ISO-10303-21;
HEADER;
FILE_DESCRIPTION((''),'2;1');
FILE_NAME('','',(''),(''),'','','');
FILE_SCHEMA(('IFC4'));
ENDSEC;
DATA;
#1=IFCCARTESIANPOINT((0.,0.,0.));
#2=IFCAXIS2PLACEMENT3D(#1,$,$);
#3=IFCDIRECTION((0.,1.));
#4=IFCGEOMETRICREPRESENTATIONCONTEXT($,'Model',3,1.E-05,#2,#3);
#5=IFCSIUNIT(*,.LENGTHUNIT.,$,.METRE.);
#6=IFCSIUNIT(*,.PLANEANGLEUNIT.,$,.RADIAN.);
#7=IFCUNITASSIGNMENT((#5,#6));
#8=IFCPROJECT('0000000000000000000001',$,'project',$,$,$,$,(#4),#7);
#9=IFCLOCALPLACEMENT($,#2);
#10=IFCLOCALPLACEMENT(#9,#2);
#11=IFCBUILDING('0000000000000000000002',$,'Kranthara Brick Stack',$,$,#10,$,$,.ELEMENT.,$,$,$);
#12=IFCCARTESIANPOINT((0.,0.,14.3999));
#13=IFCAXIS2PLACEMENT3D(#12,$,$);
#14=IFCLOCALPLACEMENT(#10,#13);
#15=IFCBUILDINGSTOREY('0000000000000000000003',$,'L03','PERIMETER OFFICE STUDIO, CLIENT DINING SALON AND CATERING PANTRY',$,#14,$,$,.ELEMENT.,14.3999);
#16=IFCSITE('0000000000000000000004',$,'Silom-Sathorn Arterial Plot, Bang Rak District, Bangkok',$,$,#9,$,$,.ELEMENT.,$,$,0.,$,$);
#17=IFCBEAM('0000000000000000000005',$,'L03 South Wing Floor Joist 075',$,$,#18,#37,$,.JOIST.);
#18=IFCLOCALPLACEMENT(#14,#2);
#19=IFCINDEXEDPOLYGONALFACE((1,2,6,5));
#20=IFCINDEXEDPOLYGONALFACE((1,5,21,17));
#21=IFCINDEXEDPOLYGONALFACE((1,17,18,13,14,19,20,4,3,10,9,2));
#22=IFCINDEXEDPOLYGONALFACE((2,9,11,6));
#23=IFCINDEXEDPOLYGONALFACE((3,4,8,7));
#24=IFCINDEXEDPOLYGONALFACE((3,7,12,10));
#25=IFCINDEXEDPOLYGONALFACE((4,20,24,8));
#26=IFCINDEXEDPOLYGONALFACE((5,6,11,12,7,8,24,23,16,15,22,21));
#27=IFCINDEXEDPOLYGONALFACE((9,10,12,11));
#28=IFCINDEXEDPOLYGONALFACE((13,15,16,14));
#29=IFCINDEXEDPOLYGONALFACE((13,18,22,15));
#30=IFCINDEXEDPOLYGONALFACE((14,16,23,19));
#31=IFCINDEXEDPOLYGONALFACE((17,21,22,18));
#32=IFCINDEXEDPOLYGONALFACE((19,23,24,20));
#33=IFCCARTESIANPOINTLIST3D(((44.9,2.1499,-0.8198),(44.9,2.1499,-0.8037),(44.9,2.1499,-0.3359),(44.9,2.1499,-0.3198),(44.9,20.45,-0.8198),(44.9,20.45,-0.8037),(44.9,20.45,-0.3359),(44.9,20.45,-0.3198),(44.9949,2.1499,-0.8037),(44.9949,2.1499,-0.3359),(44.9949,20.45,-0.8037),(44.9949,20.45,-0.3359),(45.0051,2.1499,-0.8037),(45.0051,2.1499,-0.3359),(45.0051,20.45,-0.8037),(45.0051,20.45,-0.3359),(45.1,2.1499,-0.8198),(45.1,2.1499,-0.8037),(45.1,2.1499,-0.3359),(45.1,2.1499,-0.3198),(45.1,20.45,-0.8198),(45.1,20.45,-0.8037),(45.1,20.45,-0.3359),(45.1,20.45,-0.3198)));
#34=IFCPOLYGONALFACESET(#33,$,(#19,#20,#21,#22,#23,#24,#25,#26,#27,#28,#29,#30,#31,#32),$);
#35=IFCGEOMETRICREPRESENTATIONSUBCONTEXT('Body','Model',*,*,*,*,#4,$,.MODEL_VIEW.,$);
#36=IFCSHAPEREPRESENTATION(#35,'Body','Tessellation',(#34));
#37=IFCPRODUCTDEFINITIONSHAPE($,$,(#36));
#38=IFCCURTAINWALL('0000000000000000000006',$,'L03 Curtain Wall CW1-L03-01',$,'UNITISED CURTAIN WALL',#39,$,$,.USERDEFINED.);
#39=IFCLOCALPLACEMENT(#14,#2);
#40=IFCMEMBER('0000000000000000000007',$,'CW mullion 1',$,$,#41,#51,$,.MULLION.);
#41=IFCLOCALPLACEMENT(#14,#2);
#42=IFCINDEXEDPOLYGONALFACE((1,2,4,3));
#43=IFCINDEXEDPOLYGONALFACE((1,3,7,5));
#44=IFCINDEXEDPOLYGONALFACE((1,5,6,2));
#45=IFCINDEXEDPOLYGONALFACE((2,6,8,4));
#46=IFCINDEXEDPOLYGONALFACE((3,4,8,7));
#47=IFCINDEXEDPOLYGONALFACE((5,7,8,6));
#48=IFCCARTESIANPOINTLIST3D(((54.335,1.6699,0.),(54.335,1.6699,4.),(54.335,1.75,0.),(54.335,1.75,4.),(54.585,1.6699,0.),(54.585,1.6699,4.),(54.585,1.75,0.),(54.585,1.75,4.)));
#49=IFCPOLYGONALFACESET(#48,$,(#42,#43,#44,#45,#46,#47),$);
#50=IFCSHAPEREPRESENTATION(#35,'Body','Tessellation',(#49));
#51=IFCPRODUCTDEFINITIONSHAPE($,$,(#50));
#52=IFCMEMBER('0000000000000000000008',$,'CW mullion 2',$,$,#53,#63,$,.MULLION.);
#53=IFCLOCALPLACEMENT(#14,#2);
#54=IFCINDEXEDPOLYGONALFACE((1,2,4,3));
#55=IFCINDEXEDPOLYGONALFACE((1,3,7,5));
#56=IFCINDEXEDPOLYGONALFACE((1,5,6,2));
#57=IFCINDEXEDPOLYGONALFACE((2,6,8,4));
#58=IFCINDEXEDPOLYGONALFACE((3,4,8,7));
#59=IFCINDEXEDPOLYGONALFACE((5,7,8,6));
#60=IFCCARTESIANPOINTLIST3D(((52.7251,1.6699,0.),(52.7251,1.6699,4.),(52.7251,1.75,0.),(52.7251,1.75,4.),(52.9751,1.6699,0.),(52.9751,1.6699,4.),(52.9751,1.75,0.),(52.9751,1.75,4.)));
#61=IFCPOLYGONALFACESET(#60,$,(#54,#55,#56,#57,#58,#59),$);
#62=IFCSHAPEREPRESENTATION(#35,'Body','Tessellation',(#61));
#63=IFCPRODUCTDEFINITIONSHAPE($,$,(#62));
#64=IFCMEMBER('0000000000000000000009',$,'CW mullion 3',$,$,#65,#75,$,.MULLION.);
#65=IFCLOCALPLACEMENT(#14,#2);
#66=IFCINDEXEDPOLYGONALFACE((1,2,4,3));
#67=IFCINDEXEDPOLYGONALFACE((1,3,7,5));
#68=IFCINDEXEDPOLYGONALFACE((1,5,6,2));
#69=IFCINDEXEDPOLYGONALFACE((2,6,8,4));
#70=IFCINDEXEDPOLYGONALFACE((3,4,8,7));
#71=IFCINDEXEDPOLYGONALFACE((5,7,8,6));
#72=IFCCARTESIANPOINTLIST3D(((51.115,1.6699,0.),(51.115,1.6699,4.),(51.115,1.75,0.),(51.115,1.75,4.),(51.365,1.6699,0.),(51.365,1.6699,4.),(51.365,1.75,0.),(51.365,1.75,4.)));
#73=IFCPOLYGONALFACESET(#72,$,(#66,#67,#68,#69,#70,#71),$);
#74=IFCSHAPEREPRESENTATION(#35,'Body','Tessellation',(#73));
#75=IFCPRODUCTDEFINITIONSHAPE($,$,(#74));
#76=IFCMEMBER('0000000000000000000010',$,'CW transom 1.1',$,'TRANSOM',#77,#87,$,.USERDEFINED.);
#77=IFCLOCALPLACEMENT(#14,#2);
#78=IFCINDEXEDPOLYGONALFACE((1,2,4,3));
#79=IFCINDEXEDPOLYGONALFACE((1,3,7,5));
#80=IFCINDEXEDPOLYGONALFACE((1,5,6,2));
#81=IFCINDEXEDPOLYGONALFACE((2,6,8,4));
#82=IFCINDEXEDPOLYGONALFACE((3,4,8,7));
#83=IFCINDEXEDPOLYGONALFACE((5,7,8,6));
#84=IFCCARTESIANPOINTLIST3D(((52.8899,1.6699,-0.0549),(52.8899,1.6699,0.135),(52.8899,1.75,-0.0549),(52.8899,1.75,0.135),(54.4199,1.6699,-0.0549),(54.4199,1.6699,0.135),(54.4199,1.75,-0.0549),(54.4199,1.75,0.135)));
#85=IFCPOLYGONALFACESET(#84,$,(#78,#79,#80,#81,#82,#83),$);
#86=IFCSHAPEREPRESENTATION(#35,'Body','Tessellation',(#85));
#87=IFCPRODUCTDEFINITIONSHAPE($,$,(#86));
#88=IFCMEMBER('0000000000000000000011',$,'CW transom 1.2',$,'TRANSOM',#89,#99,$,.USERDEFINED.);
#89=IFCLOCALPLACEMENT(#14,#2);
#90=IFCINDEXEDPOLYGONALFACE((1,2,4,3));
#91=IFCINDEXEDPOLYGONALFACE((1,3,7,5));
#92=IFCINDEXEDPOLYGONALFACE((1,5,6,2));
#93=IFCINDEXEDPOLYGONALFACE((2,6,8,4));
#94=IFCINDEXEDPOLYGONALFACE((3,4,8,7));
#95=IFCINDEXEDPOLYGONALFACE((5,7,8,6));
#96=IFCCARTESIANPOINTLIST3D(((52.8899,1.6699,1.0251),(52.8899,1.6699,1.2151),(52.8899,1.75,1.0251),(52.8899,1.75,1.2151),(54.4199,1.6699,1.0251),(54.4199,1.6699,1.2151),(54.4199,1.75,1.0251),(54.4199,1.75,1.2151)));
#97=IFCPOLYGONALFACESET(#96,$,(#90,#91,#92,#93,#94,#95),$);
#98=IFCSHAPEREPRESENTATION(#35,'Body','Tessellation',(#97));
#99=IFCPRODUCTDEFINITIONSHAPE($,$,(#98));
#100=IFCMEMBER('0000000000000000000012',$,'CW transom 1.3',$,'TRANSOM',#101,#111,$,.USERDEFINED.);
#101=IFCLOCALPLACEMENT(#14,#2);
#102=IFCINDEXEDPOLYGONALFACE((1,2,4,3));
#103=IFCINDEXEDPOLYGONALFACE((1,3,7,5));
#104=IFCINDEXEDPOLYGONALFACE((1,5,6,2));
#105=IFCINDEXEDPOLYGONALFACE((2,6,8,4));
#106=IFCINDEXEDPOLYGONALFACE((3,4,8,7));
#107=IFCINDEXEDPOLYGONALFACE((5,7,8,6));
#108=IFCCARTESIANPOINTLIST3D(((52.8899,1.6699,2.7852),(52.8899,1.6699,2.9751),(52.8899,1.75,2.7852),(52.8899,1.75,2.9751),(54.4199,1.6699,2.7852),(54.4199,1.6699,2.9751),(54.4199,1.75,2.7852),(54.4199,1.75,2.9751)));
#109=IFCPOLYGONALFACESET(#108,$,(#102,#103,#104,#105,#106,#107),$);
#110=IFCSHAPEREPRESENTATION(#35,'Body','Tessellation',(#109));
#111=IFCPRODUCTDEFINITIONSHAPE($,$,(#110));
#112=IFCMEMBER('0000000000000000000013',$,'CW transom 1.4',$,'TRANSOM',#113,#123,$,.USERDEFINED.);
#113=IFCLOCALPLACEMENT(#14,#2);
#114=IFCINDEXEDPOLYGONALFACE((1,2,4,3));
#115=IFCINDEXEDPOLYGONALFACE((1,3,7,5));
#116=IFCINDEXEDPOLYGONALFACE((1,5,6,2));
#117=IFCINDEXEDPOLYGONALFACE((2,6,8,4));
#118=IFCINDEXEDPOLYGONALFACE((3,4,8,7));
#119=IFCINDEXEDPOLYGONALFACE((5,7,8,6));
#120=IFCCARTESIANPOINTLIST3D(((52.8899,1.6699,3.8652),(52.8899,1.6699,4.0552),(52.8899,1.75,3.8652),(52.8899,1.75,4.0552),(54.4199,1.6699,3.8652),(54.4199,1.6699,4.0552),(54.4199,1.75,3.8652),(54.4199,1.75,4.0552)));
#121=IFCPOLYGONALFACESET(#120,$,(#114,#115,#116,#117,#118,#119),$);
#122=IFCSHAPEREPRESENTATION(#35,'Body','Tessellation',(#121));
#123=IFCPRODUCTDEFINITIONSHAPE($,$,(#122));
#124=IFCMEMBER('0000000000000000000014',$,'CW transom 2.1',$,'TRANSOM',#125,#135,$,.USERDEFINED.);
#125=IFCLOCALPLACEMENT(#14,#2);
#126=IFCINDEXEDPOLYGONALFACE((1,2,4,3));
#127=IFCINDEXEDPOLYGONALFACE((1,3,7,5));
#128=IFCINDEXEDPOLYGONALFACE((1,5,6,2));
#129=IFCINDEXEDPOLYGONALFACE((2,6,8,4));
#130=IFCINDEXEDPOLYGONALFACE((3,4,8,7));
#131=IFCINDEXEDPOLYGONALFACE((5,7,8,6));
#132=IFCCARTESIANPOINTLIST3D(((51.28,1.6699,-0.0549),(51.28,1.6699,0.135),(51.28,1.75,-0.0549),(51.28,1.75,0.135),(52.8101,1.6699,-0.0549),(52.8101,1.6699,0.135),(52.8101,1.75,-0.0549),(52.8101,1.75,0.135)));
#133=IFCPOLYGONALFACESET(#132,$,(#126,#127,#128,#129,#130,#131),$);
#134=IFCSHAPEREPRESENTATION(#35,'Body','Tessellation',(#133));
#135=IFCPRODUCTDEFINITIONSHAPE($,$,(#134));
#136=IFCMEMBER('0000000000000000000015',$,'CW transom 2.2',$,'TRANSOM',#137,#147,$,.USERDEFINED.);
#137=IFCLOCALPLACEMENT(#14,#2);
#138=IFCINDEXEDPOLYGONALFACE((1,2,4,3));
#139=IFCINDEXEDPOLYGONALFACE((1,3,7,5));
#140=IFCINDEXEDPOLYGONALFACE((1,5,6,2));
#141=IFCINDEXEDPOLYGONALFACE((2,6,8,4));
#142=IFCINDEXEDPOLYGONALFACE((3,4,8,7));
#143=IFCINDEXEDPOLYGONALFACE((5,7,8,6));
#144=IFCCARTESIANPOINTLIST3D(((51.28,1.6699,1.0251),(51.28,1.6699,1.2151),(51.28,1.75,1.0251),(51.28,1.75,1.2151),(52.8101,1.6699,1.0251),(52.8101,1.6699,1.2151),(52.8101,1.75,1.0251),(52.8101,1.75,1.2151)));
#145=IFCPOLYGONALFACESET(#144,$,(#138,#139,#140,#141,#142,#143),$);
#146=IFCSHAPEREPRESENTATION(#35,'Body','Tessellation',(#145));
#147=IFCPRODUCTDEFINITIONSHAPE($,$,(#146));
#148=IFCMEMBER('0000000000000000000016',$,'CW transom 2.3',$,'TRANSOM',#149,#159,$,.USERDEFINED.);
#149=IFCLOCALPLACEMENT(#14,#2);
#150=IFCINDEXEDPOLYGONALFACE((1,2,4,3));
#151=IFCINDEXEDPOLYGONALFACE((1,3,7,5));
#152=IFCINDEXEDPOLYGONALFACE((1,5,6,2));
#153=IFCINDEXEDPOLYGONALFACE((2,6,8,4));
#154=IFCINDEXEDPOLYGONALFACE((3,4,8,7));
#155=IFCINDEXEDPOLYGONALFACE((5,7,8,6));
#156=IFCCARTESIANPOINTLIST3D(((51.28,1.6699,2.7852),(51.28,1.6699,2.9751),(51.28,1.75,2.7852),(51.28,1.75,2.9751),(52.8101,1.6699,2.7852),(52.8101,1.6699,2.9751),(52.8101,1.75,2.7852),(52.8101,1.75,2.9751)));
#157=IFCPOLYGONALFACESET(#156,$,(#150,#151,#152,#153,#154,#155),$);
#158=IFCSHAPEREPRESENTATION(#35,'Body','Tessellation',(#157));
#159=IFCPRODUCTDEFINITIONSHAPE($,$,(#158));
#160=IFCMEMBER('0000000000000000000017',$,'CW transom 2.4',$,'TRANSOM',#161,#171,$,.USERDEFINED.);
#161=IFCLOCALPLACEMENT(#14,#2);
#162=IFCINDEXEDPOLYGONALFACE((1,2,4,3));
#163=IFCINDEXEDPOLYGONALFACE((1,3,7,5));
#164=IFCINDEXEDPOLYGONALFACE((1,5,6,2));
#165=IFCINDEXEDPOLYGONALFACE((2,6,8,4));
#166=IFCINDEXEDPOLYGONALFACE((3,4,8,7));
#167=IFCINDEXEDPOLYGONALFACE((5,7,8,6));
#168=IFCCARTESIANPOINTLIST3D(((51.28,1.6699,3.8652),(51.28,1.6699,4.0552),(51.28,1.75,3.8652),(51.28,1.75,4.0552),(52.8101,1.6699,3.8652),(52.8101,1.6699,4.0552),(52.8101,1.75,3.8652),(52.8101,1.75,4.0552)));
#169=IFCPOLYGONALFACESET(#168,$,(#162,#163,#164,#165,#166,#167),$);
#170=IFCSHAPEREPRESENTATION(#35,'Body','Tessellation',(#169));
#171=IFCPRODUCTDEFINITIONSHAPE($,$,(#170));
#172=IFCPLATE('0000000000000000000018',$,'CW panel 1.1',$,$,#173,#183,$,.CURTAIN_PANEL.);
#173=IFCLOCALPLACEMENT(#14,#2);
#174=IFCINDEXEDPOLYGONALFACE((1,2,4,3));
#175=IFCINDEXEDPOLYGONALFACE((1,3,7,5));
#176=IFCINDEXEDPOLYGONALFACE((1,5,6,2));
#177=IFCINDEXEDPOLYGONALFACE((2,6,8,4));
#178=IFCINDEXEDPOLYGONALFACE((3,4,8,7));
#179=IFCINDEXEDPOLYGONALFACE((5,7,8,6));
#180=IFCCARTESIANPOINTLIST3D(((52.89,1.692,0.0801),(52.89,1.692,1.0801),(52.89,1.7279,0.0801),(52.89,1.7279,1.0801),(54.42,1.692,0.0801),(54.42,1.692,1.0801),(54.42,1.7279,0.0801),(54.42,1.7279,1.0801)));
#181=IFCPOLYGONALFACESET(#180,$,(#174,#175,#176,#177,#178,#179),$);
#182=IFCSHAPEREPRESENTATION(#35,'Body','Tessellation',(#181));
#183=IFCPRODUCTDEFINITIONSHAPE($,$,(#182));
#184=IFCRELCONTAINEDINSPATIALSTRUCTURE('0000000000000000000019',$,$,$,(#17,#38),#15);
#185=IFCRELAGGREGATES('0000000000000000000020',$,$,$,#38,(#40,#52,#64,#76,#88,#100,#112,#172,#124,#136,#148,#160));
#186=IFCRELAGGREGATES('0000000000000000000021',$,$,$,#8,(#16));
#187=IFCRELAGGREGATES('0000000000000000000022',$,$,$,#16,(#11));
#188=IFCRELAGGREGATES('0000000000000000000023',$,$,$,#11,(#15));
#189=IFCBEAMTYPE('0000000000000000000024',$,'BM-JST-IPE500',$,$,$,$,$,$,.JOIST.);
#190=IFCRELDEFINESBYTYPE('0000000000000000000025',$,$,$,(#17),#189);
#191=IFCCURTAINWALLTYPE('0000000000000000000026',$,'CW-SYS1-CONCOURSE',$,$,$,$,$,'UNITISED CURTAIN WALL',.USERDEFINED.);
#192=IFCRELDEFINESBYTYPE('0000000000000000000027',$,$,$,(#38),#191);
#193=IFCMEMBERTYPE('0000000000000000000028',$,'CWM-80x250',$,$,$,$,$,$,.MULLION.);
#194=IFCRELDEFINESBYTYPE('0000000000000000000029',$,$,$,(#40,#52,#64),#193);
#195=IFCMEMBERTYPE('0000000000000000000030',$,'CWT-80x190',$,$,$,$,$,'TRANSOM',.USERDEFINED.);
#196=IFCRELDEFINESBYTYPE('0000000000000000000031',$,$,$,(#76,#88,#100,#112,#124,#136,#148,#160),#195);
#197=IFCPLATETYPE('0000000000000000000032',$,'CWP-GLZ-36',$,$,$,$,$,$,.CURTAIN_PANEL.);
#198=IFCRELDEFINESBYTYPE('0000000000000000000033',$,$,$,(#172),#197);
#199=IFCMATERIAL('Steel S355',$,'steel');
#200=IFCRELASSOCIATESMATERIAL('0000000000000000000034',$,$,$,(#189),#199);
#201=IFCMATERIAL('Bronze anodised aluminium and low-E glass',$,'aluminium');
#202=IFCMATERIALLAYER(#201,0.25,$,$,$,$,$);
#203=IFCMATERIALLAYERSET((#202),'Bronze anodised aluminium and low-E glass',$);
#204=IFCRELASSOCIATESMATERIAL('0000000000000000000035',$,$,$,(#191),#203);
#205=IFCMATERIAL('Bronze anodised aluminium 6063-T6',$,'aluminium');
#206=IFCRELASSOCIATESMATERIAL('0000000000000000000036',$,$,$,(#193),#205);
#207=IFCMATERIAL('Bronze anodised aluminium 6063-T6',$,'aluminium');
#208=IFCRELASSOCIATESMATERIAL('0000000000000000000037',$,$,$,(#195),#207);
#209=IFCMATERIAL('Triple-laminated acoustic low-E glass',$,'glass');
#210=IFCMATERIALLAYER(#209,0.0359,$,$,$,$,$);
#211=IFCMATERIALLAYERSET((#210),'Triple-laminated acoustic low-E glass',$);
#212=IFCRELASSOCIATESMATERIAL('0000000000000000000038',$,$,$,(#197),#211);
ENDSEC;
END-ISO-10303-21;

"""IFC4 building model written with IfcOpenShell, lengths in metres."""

from ifc_helpers import new_model, si_unit, direction, frame, origin, origin_2d, place, context, subcontext, project, spatial, rectangle, i_section, extrude, material, layer, layer_set, material_profile, profile_set, type_object, element, aggregate, save


model = new_model("IFC4")

# Units and contexts
model_context = context("Model", 3, precision=1e-05, world=origin(), true_north=direction((0.0, 1.0)))
body_context = subcontext(model_context, "Body", "Model", "MODEL_VIEW")
ifc_project = project(units=[si_unit("LENGTHUNIT", "METRE"), si_unit("PLANEANGLEUNIT", "RADIAN")], contexts=[model_context])

# Site, building, storey
site_placement = place(None, origin())
site = spatial("IfcSite", under=ifc_project, at=site_placement, Name="Silom-Sathorn Arterial Plot, Bang Rak District, Bangkok", CompositionType="ELEMENT", RefElevation=0.0)
building_placement = place(site_placement, origin())
building = spatial("IfcBuilding", under=site, at=building_placement, Name="Kranthara Brick Stack", CompositionType="ELEMENT")
storey_placement = place(building_placement, frame((0.0, 0.0, 14.3999)))
storey = spatial("IfcBuildingStorey", under=building, at=storey_placement, Name="L03", Description="PERIMETER OFFICE STUDIO, CLIENT DINING SALON AND CATERING PANTRY", CompositionType="ELEMENT", Elevation=14.3999)

# Beam
ifc_material_1 = material(Name="Steel S355", Category="steel")
ifc_material_profile_1 = material_profile(ifc_material_1, i_section(OverallWidth=0.2, OverallDepth=0.5, WebThickness=0.0103, FlangeThickness=0.0161, at=origin_2d()), Name="IPE 500")
ifc_profile_set_1 = profile_set([ifc_material_profile_1], Name="Steel S355")
beam_type = type_object("IfcBeamType", Name="BM-JST-IPE500", PredefinedType="JOIST", material=ifc_profile_set_1)
beam_placement = place(storey_placement, frame((45.0, 2.1499, -0.5698), z_axis=(0.0, 1.0, 0.0), x_axis=(-1.0, 0.0, 0.0)))
element("IfcBeam", 1, at=beam_placement, inside=storey, type_object=beam_type, Name="L03 South Wing Floor Joist 075", PredefinedType="JOIST", context=body_context, shape_type="SweptSolid", body=[
    extrude(i_section(OverallWidth=0.2, OverallDepth=0.5, WebThickness=0.0103, FlangeThickness=0.0161, at=origin_2d()), origin(), (0.0, 0.0, 1.0), 18.3),
])

# Curtain wall, members, plate
ifc_material_2 = material(Name="Bronze anodised aluminium and low-E glass", Category="aluminium")
ifc_layer_1 = layer(ifc_material_2, 0.25)
ifc_layer_set_1 = layer_set([ifc_layer_1], Name="Bronze anodised aluminium and low-E glass")
curtain_wall_type = type_object("IfcCurtainWallType", Name="CW-SYS1-CONCOURSE", ElementType="UNITISED CURTAIN WALL", PredefinedType="USERDEFINED", material=ifc_layer_set_1)
curtain_wall_placement = place(storey_placement, origin())
curtain_wall = element("IfcCurtainWall", 2, at=curtain_wall_placement, inside=storey, type_object=curtain_wall_type, Name="L03 Curtain Wall CW1-L03-01", ObjectType="UNITISED CURTAIN WALL", PredefinedType="USERDEFINED")
ifc_material_3 = material(Name="Bronze anodised aluminium 6063-T6", Category="aluminium")
ifc_material_profile_2 = material_profile(ifc_material_3, rectangle(XDim=0.0801, YDim=0.25, at=origin_2d()), Name="ALU MULLION 80x250")
ifc_profile_set_2 = profile_set([ifc_material_profile_2], Name="Bronze anodised aluminium 6063-T6")
member_type_1 = type_object("IfcMemberType", Name="CWM-80x250", PredefinedType="MULLION", material=ifc_profile_set_2)
member_1_placement = place(storey_placement, frame((54.46, 1.71, 0.0), z_axis=(0.0, 0.0, 1.0), x_axis=(0.0, -1.0, 0.0)))
member_1 = element("IfcMember", 3, at=member_1_placement, type_object=member_type_1, Name="CW mullion 1", PredefinedType="MULLION", context=body_context, shape_type="SweptSolid", body=[
    extrude(rectangle(XDim=0.0801, YDim=0.25, at=origin_2d()), origin(), (0.0, 0.0, 1.0), 4.0),
])
member_2_placement = place(storey_placement, frame((52.8501, 1.71, 0.0), z_axis=(0.0, 0.0, 1.0), x_axis=(0.0, -1.0, 0.0)))
member_2 = element("IfcMember", 4, at=member_2_placement, type_object=member_type_1, Name="CW mullion 2", PredefinedType="MULLION", context=body_context, shape_type="SweptSolid", body=[
    extrude(rectangle(XDim=0.0801, YDim=0.25, at=origin_2d()), origin(), (0.0, 0.0, 1.0), 4.0),
])
member_3_placement = place(storey_placement, frame((51.24, 1.71, 0.0), z_axis=(0.0, 0.0, 1.0), x_axis=(0.0, -1.0, 0.0)))
member_3 = element("IfcMember", 5, at=member_3_placement, type_object=member_type_1, Name="CW mullion 3", PredefinedType="MULLION", context=body_context, shape_type="SweptSolid", body=[
    extrude(rectangle(XDim=0.0801, YDim=0.25, at=origin_2d()), origin(), (0.0, 0.0, 1.0), 4.0),
])
ifc_material_4 = material(Name="Bronze anodised aluminium 6063-T6", Category="aluminium")
ifc_material_profile_3 = material_profile(ifc_material_4, rectangle(XDim=0.0801, YDim=0.1899, at=origin_2d()), Name="ALU TRANSOM 80x190")
ifc_profile_set_3 = profile_set([ifc_material_profile_3], Name="Bronze anodised aluminium 6063-T6")
member_type_2 = type_object("IfcMemberType", Name="CWT-80x190", ElementType="TRANSOM", PredefinedType="USERDEFINED", material=ifc_profile_set_3)
member_4_placement = place(storey_placement, frame((54.4199, 1.71, 0.04), z_axis=(-1.0, 0.0, 0.0), x_axis=(0.0, -1.0, 0.0)))
member_4 = element("IfcMember", 6, at=member_4_placement, type_object=member_type_2, Name="CW transom 1.1", ObjectType="TRANSOM", PredefinedType="USERDEFINED", context=body_context, shape_type="SweptSolid", body=[
    extrude(rectangle(XDim=0.0801, YDim=0.1899, at=origin_2d()), origin(), (0.0, 0.0, 1.0), 1.53),
])
member_5_placement = place(storey_placement, frame((54.4199, 1.71, 1.1201), z_axis=(-1.0, 0.0, 0.0), x_axis=(0.0, -1.0, 0.0)))
member_5 = element("IfcMember", 7, at=member_5_placement, type_object=member_type_2, Name="CW transom 1.2", ObjectType="TRANSOM", PredefinedType="USERDEFINED", context=body_context, shape_type="SweptSolid", body=[
    extrude(rectangle(XDim=0.0801, YDim=0.1899, at=origin_2d()), origin(), (0.0, 0.0, 1.0), 1.53),
])
member_6_placement = place(storey_placement, frame((54.4199, 1.71, 2.8801), z_axis=(-1.0, 0.0, 0.0), x_axis=(0.0, -1.0, 0.0)))
member_6 = element("IfcMember", 8, at=member_6_placement, type_object=member_type_2, Name="CW transom 1.3", ObjectType="TRANSOM", PredefinedType="USERDEFINED", context=body_context, shape_type="SweptSolid", body=[
    extrude(rectangle(XDim=0.0801, YDim=0.1899, at=origin_2d()), origin(), (0.0, 0.0, 1.0), 1.53),
])
member_7_placement = place(storey_placement, frame((54.4199, 1.71, 3.9602), z_axis=(-1.0, 0.0, 0.0), x_axis=(0.0, -1.0, 0.0)))
member_7 = element("IfcMember", 9, at=member_7_placement, type_object=member_type_2, Name="CW transom 1.4", ObjectType="TRANSOM", PredefinedType="USERDEFINED", context=body_context, shape_type="SweptSolid", body=[
    extrude(rectangle(XDim=0.0801, YDim=0.1899, at=origin_2d()), origin(), (0.0, 0.0, 1.0), 1.53),
])
member_8_placement = place(storey_placement, frame((52.8101, 1.71, 0.04), z_axis=(-1.0, 0.0, 0.0), x_axis=(0.0, -1.0, 0.0)))
member_8 = element("IfcMember", 10, at=member_8_placement, type_object=member_type_2, Name="CW transom 2.1", ObjectType="TRANSOM", PredefinedType="USERDEFINED", context=body_context, shape_type="SweptSolid", body=[
    extrude(rectangle(XDim=0.0801, YDim=0.1899, at=origin_2d()), origin(), (0.0, 0.0, 1.0), 1.53),
])
member_9_placement = place(storey_placement, frame((52.8101, 1.71, 1.1201), z_axis=(-1.0, 0.0, 0.0), x_axis=(0.0, -1.0, 0.0)))
member_9 = element("IfcMember", 11, at=member_9_placement, type_object=member_type_2, Name="CW transom 2.2", ObjectType="TRANSOM", PredefinedType="USERDEFINED", context=body_context, shape_type="SweptSolid", body=[
    extrude(rectangle(XDim=0.0801, YDim=0.1899, at=origin_2d()), origin(), (0.0, 0.0, 1.0), 1.53),
])
member_10_placement = place(storey_placement, frame((52.8101, 1.71, 2.8801), z_axis=(-1.0, 0.0, 0.0), x_axis=(0.0, -1.0, 0.0)))
member_10 = element("IfcMember", 12, at=member_10_placement, type_object=member_type_2, Name="CW transom 2.3", ObjectType="TRANSOM", PredefinedType="USERDEFINED", context=body_context, shape_type="SweptSolid", body=[
    extrude(rectangle(XDim=0.0801, YDim=0.1899, at=origin_2d()), origin(), (0.0, 0.0, 1.0), 1.53),
])
member_11_placement = place(storey_placement, frame((52.8101, 1.71, 3.9602), z_axis=(-1.0, 0.0, 0.0), x_axis=(0.0, -1.0, 0.0)))
member_11 = element("IfcMember", 13, at=member_11_placement, type_object=member_type_2, Name="CW transom 2.4", ObjectType="TRANSOM", PredefinedType="USERDEFINED", context=body_context, shape_type="SweptSolid", body=[
    extrude(rectangle(XDim=0.0801, YDim=0.1899, at=origin_2d()), origin(), (0.0, 0.0, 1.0), 1.53),
])
ifc_material_5 = material(Name="Triple-laminated acoustic low-E glass", Category="glass")
ifc_layer_2 = layer(ifc_material_5, 0.0359)
ifc_layer_set_2 = layer_set([ifc_layer_2], Name="Triple-laminated acoustic low-E glass")
plate_type = type_object("IfcPlateType", Name="CWP-GLZ-36", PredefinedType="CURTAIN_PANEL", material=ifc_layer_set_2)
plate_1_placement = place(storey_placement, frame((53.655, 1.71, 0.0801), z_axis=(0.0, 0.0, 1.0), x_axis=(-1.0, 0.0, 0.0)))
plate_1 = element("IfcPlate", 14, at=plate_1_placement, type_object=plate_type, Name="CW panel 1.1", PredefinedType="CURTAIN_PANEL", context=body_context, shape_type="SweptSolid", body=[
    extrude(rectangle(XDim=1.53, YDim=0.0359, at=origin_2d()), origin(), (0.0, 0.0, 1.0), 1.0),
])
aggregate(curtain_wall, [member_1, member_2, member_3, member_4, member_5, member_6, member_7, plate_1, member_8, member_9, member_10, member_11])

save(model, "model.ifc")
